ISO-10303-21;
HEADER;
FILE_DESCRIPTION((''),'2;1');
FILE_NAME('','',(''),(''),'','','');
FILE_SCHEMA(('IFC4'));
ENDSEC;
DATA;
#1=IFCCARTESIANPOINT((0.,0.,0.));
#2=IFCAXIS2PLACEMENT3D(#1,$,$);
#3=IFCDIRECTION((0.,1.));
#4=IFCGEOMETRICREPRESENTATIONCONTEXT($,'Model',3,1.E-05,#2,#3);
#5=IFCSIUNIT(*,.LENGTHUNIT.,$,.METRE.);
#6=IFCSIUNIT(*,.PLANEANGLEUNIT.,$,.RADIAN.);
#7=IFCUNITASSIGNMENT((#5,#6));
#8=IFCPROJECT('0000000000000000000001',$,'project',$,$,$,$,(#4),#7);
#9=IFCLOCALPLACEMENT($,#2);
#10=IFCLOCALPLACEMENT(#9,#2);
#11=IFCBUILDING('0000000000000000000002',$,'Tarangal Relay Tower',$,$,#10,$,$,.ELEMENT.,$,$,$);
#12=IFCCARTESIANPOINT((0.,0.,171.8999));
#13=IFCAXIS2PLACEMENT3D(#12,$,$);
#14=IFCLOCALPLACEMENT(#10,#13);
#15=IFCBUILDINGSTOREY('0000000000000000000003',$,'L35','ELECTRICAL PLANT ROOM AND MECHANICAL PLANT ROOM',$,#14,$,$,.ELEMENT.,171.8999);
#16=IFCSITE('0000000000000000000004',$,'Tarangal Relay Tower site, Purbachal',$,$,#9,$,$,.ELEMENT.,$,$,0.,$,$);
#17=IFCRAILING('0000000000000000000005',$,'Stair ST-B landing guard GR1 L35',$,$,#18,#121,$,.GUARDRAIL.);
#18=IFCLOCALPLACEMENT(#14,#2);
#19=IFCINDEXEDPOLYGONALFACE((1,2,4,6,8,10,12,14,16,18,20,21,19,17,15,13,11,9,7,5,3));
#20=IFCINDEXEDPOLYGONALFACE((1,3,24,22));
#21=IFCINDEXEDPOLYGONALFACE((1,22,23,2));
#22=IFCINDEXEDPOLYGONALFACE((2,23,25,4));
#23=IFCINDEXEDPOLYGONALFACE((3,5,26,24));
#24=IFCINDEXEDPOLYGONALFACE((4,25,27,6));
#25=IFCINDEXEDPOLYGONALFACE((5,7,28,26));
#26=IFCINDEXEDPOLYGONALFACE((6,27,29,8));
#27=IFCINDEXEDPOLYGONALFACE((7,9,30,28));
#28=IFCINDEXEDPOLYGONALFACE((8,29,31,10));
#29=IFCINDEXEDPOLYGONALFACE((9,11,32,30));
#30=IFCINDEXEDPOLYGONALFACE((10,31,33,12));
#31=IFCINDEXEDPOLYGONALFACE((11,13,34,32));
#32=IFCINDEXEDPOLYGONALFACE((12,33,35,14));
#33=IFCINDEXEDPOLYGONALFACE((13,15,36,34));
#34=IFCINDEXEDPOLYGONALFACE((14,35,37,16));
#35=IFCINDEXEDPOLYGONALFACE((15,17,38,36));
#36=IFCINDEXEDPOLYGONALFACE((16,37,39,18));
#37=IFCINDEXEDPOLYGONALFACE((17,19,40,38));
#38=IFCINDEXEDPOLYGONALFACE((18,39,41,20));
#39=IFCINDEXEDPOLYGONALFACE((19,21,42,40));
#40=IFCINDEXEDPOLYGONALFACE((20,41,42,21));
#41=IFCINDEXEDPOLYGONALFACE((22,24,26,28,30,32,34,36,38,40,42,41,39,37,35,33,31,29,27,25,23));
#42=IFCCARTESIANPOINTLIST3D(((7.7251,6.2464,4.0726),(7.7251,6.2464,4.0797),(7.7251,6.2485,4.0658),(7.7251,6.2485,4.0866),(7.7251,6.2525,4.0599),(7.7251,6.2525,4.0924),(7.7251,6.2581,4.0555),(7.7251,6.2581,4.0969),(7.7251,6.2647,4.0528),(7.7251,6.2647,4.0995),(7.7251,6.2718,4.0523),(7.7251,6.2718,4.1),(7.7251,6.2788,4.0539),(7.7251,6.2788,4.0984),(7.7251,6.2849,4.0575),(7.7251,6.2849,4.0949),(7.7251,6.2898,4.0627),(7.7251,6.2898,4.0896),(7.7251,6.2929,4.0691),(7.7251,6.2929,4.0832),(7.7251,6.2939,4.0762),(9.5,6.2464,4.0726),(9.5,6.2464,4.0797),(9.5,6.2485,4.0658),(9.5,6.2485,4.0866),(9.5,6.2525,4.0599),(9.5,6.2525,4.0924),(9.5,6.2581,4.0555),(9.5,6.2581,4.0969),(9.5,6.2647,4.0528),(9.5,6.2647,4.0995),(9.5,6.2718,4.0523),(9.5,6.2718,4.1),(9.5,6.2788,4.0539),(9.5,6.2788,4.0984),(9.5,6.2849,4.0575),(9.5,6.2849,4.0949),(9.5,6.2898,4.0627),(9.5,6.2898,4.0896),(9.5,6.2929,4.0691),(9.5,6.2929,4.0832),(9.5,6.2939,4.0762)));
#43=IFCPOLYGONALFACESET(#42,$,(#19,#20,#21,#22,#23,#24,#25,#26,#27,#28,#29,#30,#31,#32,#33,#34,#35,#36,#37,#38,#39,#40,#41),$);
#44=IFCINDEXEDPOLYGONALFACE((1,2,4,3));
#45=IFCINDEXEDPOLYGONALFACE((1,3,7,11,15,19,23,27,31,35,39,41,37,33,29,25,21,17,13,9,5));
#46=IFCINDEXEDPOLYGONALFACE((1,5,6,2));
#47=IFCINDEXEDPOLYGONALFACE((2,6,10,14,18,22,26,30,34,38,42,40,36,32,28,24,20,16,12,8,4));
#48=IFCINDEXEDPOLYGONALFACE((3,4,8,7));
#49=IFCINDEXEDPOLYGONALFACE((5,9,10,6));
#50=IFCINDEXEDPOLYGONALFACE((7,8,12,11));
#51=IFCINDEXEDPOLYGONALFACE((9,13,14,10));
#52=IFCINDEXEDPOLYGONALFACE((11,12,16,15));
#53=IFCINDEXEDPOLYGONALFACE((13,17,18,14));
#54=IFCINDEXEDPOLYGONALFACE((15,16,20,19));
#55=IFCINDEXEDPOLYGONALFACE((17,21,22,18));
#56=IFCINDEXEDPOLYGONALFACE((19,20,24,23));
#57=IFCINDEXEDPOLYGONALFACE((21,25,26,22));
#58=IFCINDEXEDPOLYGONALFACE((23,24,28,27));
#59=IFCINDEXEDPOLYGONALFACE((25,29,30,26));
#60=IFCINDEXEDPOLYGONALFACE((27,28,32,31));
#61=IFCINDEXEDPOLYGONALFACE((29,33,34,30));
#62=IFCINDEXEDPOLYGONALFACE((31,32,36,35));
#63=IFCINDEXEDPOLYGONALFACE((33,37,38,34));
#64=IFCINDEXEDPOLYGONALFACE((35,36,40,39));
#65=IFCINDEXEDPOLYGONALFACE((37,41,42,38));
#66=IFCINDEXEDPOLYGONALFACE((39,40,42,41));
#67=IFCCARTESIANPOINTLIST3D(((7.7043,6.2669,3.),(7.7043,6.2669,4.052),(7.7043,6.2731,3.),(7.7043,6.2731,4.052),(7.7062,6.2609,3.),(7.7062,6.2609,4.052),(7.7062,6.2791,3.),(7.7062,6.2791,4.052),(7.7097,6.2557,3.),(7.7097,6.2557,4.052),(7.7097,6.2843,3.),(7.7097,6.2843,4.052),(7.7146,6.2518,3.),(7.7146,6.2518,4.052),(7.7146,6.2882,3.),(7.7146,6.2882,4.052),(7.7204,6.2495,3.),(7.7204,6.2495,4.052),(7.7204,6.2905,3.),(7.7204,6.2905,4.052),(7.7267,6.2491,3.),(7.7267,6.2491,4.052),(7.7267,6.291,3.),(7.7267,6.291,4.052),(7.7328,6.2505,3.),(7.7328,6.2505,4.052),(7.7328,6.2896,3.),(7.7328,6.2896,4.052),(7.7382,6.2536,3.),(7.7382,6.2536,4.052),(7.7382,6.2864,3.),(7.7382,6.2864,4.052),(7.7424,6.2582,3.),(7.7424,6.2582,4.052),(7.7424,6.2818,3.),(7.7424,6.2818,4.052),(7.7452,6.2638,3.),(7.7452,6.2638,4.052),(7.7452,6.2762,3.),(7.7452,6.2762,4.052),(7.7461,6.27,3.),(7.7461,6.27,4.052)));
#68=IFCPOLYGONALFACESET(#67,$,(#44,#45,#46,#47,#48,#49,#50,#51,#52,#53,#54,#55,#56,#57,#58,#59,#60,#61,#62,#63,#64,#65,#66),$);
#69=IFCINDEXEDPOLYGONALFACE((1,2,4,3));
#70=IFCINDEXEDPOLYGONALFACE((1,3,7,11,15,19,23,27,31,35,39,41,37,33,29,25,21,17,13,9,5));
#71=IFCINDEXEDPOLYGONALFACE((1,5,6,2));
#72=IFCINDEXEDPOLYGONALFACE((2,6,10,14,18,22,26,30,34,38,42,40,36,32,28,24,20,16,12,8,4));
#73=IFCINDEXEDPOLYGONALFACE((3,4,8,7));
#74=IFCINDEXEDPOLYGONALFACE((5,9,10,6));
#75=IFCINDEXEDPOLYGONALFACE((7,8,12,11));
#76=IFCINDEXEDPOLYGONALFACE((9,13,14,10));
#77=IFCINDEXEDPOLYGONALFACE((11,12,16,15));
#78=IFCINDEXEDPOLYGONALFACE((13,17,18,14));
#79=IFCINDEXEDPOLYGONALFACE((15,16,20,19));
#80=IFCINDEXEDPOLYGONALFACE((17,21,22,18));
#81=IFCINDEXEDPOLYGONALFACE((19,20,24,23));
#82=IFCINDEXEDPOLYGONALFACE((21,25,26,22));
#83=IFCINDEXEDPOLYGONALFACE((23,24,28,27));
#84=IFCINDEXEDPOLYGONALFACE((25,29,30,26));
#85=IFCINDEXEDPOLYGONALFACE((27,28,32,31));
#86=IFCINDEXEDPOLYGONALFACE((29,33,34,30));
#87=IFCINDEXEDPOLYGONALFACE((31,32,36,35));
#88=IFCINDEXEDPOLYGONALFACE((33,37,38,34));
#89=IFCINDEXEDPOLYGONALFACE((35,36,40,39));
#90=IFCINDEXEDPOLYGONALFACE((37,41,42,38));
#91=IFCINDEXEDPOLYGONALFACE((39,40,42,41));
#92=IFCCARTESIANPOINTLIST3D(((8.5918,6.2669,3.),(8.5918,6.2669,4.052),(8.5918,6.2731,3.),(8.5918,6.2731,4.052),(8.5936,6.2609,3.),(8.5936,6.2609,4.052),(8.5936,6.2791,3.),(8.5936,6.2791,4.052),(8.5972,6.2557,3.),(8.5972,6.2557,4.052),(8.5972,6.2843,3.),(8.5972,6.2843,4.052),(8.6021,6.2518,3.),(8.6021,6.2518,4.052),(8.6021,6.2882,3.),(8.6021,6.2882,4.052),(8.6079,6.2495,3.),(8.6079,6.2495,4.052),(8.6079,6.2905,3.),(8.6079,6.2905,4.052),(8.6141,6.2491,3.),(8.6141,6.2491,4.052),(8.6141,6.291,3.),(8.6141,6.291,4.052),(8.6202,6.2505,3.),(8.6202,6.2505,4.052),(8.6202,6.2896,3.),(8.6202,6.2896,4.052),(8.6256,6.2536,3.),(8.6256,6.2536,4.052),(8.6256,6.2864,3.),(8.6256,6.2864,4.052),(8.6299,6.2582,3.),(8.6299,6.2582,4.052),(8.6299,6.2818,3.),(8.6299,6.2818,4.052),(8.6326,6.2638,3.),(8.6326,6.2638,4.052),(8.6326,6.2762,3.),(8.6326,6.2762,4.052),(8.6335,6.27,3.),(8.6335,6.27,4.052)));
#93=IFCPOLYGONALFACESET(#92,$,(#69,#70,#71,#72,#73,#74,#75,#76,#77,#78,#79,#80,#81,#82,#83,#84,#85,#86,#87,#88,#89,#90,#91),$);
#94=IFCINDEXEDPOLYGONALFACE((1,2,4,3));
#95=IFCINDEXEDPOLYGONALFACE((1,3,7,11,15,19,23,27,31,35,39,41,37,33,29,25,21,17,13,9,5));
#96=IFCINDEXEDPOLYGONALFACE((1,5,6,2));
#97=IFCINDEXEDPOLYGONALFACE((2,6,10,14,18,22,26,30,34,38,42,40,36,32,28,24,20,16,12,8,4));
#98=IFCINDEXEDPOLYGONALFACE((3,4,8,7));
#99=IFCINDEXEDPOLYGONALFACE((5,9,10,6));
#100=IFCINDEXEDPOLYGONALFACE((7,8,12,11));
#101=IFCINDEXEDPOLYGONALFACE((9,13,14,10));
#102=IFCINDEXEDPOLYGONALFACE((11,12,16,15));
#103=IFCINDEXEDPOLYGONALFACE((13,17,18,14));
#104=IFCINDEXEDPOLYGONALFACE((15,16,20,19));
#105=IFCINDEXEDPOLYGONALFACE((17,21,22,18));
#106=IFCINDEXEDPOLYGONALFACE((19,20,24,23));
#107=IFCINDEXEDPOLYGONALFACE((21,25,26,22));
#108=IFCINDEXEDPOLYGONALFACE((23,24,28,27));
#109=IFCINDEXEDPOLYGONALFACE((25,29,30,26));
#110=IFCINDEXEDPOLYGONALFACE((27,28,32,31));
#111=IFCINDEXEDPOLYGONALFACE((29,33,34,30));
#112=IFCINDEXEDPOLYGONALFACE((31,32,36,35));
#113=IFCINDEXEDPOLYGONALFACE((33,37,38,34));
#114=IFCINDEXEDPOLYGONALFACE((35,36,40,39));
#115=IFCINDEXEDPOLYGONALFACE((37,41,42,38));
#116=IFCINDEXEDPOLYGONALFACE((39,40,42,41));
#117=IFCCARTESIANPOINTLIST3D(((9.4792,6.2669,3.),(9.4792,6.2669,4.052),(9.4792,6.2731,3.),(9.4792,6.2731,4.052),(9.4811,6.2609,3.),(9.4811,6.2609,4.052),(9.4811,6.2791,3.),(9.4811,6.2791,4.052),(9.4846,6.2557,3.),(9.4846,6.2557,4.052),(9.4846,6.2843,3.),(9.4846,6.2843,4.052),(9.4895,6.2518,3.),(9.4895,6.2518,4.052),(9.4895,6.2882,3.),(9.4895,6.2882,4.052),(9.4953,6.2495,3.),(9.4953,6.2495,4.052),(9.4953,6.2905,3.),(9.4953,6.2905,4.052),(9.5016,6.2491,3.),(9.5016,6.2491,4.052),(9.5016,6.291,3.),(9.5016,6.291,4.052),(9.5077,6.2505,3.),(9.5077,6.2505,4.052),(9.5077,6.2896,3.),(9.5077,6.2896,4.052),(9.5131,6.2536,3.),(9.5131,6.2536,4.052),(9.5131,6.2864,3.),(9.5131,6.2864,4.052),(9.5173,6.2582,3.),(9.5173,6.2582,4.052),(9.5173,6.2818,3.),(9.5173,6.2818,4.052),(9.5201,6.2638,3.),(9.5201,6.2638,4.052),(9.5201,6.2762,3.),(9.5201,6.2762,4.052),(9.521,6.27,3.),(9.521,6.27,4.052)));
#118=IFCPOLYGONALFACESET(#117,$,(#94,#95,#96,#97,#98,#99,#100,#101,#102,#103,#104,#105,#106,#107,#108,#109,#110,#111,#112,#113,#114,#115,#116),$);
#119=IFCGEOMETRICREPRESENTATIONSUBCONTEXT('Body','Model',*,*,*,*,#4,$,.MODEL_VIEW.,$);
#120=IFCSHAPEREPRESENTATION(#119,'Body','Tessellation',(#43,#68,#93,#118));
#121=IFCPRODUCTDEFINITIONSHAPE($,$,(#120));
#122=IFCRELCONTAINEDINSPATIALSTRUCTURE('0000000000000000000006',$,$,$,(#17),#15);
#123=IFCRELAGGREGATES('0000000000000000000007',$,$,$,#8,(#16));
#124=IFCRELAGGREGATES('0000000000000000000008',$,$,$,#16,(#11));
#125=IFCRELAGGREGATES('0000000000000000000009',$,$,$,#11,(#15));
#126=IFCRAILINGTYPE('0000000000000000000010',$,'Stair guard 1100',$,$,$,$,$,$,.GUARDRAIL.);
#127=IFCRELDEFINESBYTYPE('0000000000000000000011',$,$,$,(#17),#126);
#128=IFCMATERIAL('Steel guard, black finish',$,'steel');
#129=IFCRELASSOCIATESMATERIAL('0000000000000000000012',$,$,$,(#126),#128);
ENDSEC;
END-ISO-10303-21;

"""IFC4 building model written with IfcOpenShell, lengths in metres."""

from ifc_helpers import new_model, si_unit, direction, frame, origin, origin_2d, place, context, subcontext, project, spatial, circle, extrude, material, type_object, element, save


model = new_model("IFC4")

# Units and contexts
model_context = context("Model", 3, precision=1e-05, world=origin(), true_north=direction((0.0, 1.0)))
body_context = subcontext(model_context, "Body", "Model", "MODEL_VIEW")
ifc_project = project(units=[si_unit("LENGTHUNIT", "METRE"), si_unit("PLANEANGLEUNIT", "RADIAN")], contexts=[model_context])

# Site, building, storey
site_placement = place(None, origin())
site = spatial("IfcSite", under=ifc_project, at=site_placement, Name="Tarangal Relay Tower site, Purbachal", CompositionType="ELEMENT", RefElevation=0.0)
building_placement = place(site_placement, origin())
building = spatial("IfcBuilding", under=site, at=building_placement, Name="Tarangal Relay Tower", CompositionType="ELEMENT")
storey_placement = place(building_placement, frame((0.0, 0.0, 171.8999)))
storey = spatial("IfcBuildingStorey", under=building, at=storey_placement, Name="L35", Description="ELECTRICAL PLANT ROOM AND MECHANICAL PLANT ROOM", CompositionType="ELEMENT", Elevation=171.8999)

# Railing
ifc_material_1 = material(Name="Steel guard, black finish", Category="steel")
railing_type_1 = type_object("IfcRailingType", Name="Stair guard 1100", PredefinedType="GUARDRAIL", material=ifc_material_1)
for number, where, name in (
    (1, (7.7251, 6.27, 3.0), "Stair ST-B landing guard GR1 L35"),
):
    element("IfcRailing", number, at=place(storey_placement, frame(where)), inside=storey, type_object=railing_type_1, Name=name, PredefinedType="GUARDRAIL", context=body_context, shape_type="SweptSolid", body=[
        extrude(circle(Radius=0.0239, at=origin_2d()), frame((0.0, 0.0, 1.0762), z_axis=(1.0, 0.0, 0.0), x_axis=(0.0, 1.0, 0.0)), (0.0, 0.0, 1.0), 1.7749),
        extrude(circle(Radius=0.021, at=origin_2d()), origin(), (0.0, 0.0, 1.0), 1.052),
        extrude(circle(Radius=0.021, at=origin_2d()), frame((0.8875, 0.0, 0.0)), (0.0, 0.0, 1.0), 1.052),
        extrude(circle(Radius=0.021, at=origin_2d()), frame((1.7749, 0.0, 0.0)), (0.0, 0.0, 1.0), 1.052),
    ])

save(model, "model.ifc")
